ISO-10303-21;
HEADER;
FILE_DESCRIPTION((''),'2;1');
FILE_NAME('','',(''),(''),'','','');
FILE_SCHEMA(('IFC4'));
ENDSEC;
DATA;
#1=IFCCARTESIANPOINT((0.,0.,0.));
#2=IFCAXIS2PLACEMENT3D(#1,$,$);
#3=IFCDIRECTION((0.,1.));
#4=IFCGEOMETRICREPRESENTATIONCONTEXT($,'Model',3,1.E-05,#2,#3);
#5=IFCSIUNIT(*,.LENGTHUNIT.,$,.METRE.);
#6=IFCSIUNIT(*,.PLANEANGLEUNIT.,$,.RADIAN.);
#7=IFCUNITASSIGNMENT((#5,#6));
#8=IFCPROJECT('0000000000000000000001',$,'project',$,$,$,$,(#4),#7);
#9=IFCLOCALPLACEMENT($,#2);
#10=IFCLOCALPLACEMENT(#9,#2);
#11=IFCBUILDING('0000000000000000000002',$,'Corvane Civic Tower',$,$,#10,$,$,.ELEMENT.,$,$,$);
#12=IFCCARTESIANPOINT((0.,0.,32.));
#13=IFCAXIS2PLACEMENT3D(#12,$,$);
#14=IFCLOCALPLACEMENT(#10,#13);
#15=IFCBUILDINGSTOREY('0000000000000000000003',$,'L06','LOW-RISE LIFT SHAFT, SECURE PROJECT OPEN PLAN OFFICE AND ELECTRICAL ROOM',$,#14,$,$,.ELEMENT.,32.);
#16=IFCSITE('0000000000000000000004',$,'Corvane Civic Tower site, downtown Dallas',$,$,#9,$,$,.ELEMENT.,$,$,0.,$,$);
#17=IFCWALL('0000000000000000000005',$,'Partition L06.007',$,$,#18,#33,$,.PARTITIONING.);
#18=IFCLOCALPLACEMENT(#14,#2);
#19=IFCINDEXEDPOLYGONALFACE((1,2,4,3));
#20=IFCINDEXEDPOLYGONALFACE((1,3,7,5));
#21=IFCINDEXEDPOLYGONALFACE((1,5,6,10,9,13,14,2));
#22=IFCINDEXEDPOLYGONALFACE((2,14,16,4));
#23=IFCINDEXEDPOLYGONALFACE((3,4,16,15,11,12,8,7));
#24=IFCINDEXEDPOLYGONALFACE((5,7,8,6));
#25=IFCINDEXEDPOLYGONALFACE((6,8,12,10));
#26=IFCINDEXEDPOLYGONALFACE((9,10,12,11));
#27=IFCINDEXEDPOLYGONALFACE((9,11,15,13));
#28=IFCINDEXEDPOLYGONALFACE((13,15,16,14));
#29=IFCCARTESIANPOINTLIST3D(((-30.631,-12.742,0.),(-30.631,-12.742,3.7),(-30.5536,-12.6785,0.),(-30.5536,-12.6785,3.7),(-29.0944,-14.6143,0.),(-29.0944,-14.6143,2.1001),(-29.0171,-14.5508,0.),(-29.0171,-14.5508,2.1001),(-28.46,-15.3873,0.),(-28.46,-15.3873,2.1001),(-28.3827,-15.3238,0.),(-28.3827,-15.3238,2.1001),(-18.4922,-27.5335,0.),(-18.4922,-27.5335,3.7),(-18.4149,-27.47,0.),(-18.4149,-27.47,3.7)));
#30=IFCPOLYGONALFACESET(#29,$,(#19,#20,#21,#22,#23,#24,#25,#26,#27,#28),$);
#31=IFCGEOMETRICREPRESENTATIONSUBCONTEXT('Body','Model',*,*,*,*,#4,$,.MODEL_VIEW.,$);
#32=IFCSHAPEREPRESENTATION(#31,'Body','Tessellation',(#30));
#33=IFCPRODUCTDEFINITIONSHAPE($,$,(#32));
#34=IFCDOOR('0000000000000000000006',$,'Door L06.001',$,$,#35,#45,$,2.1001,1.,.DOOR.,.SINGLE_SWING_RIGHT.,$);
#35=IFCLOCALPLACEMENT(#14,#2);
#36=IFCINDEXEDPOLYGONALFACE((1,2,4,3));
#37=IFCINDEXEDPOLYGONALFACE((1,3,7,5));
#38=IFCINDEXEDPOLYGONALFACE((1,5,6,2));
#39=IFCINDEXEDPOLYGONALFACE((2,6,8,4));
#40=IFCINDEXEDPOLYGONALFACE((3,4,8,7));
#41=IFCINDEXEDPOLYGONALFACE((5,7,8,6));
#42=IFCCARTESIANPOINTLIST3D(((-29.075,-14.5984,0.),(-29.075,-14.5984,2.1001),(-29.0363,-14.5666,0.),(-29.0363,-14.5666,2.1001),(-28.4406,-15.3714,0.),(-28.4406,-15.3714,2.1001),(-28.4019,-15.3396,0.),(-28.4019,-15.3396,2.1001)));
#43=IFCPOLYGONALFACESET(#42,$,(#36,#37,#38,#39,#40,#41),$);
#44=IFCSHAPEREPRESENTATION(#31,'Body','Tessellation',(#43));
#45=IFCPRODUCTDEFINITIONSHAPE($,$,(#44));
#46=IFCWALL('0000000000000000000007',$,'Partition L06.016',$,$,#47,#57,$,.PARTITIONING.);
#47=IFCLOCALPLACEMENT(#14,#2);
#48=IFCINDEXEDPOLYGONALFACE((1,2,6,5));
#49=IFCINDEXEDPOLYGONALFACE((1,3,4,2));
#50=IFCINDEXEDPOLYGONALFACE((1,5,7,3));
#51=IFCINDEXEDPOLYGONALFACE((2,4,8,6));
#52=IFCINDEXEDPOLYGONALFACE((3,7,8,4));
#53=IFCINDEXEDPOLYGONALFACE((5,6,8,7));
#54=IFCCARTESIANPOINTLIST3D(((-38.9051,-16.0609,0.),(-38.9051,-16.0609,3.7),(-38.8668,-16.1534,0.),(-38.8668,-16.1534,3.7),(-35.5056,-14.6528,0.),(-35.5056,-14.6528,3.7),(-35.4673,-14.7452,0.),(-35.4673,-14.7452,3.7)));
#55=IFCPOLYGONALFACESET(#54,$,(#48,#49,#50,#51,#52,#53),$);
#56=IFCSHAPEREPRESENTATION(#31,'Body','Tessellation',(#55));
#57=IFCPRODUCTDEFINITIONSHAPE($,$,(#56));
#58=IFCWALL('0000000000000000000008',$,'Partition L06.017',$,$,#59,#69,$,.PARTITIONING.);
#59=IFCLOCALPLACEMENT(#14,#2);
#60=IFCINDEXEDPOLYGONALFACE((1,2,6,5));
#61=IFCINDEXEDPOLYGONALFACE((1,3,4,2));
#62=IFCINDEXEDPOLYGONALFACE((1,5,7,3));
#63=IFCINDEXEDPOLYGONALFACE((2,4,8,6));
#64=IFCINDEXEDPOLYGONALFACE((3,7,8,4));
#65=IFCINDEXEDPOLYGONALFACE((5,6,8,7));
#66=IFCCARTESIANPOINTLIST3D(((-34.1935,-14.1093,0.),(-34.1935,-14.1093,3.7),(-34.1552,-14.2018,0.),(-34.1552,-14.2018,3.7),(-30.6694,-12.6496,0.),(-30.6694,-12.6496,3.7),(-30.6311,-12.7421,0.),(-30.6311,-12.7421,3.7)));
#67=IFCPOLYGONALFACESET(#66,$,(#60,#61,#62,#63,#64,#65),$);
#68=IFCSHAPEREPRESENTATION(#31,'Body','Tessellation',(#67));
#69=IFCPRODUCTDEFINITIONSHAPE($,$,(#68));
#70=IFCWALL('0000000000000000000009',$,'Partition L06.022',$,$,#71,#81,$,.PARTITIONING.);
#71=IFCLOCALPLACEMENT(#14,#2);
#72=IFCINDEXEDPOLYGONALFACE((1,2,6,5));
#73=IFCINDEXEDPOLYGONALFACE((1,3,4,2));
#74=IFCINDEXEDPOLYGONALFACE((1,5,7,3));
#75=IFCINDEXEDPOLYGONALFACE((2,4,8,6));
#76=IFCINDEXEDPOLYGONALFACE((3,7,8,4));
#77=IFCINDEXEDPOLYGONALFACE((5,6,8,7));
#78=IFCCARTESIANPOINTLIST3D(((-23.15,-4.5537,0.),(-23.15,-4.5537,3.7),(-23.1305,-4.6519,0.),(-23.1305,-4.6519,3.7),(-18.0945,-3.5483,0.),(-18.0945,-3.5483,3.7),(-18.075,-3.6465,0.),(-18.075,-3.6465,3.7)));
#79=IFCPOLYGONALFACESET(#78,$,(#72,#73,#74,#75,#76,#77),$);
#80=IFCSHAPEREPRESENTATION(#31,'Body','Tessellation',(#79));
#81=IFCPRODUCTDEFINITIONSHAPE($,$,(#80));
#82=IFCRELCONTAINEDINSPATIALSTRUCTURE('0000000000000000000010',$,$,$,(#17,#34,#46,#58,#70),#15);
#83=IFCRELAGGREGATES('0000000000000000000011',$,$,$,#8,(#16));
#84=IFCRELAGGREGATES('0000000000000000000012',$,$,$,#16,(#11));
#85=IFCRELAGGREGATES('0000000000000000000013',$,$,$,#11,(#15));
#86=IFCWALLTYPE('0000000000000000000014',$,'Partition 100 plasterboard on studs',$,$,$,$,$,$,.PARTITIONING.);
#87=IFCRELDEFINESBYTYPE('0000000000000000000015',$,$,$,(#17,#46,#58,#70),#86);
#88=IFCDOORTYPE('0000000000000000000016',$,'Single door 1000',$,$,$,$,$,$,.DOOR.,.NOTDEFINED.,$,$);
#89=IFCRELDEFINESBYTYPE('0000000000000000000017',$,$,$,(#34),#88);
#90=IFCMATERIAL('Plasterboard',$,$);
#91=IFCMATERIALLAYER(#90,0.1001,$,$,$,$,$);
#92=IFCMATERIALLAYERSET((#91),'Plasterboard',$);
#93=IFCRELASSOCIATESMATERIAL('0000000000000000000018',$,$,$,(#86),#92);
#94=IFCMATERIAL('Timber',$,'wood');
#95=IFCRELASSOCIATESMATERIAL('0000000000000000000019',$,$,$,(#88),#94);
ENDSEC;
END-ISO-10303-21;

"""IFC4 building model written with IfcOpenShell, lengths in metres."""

from ifc_helpers import new_model, si_unit, direction, frame, frame_2d, origin, place, context, subcontext, project, spatial, rectangle, extrude, material, layer, layer_set, type_object, element, fill, save


model = new_model("IFC4")

# Units and contexts
model_context = context("Model", 3, precision=1e-05, world=origin(), true_north=direction((0.0, 1.0)))
body_context = subcontext(model_context, "Body", "Model", "MODEL_VIEW")
ifc_project = project(units=[si_unit("LENGTHUNIT", "METRE"), si_unit("PLANEANGLEUNIT", "RADIAN")], contexts=[model_context])

# Site, building, storey
site_placement = place(None, origin())
site = spatial("IfcSite", under=ifc_project, at=site_placement, Name="Corvane Civic Tower site, downtown Dallas", CompositionType="ELEMENT", RefElevation=0.0)
building_placement = place(site_placement, origin())
building = spatial("IfcBuilding", under=site, at=building_placement, Name="Corvane Civic Tower", CompositionType="ELEMENT")
storey_placement = place(building_placement, frame((0.0, 0.0, 32.0)))
storey = spatial("IfcBuildingStorey", under=building, at=storey_placement, Name="L06", Description="LOW-RISE LIFT SHAFT, SECURE PROJECT OPEN PLAN OFFICE AND ELECTRICAL ROOM", CompositionType="ELEMENT", Elevation=32.0)

# Wall, opening, door
ifc_material_1 = material(Name="Plasterboard")
ifc_layer_1 = layer(ifc_material_1, 0.1001)
ifc_layer_set_1 = layer_set([ifc_layer_1], Name="Plasterboard")
wall_type = type_object("IfcWallType", Name="Partition 100 plasterboard on studs", PredefinedType="PARTITIONING", material=ifc_layer_set_1)
wall_1_placement = place(storey_placement, frame((-30.5923, -12.7102, 0.0), z_axis=(0.0, 0.0, 1.0), x_axis=(0.634381, -0.773021, 0.0)))
wall_1 = element("IfcWall", 1, at=wall_1_placement, inside=storey, type_object=wall_type, Name="Partition L06.007", PredefinedType="PARTITIONING", context=body_context, shape_type="SweptSolid", body=[
    extrude(rectangle(XDim=19.1348, YDim=0.1001, at=frame_2d((9.5674, 0.0))), origin(), (0.0, 0.0, 1.0), 3.7),
])
opening_placement = place(wall_1_placement, frame((2.4221, 0.0, 0.0)))
opening = element("IfcOpeningElement", 2, at=opening_placement, cuts=wall_1, PredefinedType="OPENING", context=body_context, shape_type="SweptSolid", body=[
    extrude(rectangle(XDim=1.0, YDim=2.1001, at=frame_2d((0.5, 1.05))), frame((0.0, 0.0601, 0.0), z_axis=(0.0, -1.0, 0.0), x_axis=(1.0, 0.0, 0.0)), (0.0, 0.0, 1.0), 0.1201),
])
ifc_material_2 = material(Name="Timber", Category="wood")
door_type = type_object("IfcDoorType", Name="Single door 1000", OperationType="NOTDEFINED", PredefinedType="DOOR", material=ifc_material_2)
door_placement = place(opening_placement, frame((1.0, 0.0, 0.0), z_axis=(0.0, 0.0, 1.0), x_axis=(-1.0, 0.0, 0.0)))
door = element("IfcDoor", 3, at=door_placement, inside=storey, type_object=door_type, Name="Door L06.001", OperationType="SINGLE_SWING_RIGHT", OverallHeight=2.1001, OverallWidth=1.0, PredefinedType="DOOR", context=body_context, shape_type="SweptSolid", body=[
    extrude(rectangle(XDim=1.0, YDim=2.1001, at=frame_2d((0.5, 1.05))), frame((0.0, 0.0249, 0.0), z_axis=(0.0, -1.0, 0.0), x_axis=(1.0, 0.0, 0.0)), (0.0, 0.0, 1.0), 0.05),
])
fill(opening, door)

# Walls
wall_2_placement = place(storey_placement, frame((-38.886, -16.1072, 0.0), z_axis=(0.0, 0.0, 1.0), x_axis=(0.923878, 0.382688, 0.0)))
element("IfcWall", 4, at=wall_2_placement, inside=storey, type_object=wall_type, Name="Partition L06.016", PredefinedType="PARTITIONING", context=body_context, shape_type="SweptSolid", body=[
    extrude(rectangle(XDim=3.6797, YDim=0.1001, at=frame_2d((1.8398, 0.0))), origin(), (0.0, 0.0, 1.0), 3.7),
])
wall_3_placement = place(storey_placement, frame((-34.1743, -14.1555, 0.0), z_axis=(0.0, 0.0, 1.0), x_axis=(0.923883, 0.382674, 0.0)))
element("IfcWall", 5, at=wall_3_placement, inside=storey, type_object=wall_type, Name="Partition L06.017", PredefinedType="PARTITIONING", context=body_context, shape_type="SweptSolid", body=[
    extrude(rectangle(XDim=3.8145, YDim=0.1001, at=frame_2d((1.9072, 0.0))), origin(), (0.0, 0.0, 1.0), 3.7),
])
wall_4_placement = place(storey_placement, frame((-23.1401, -4.6028, 0.0), z_axis=(0.0, 0.0, 1.0), x_axis=(0.980793, 0.19505, 0.0)))
element("IfcWall", 6, at=wall_4_placement, inside=storey, type_object=wall_type, Name="Partition L06.022", PredefinedType="PARTITIONING", context=body_context, shape_type="SweptSolid", body=[
    extrude(rectangle(XDim=5.1545, YDim=0.1001, at=frame_2d((2.5771, 0.0))), origin(), (0.0, 0.0, 1.0), 3.7),
])

save(model, "model.ifc")
